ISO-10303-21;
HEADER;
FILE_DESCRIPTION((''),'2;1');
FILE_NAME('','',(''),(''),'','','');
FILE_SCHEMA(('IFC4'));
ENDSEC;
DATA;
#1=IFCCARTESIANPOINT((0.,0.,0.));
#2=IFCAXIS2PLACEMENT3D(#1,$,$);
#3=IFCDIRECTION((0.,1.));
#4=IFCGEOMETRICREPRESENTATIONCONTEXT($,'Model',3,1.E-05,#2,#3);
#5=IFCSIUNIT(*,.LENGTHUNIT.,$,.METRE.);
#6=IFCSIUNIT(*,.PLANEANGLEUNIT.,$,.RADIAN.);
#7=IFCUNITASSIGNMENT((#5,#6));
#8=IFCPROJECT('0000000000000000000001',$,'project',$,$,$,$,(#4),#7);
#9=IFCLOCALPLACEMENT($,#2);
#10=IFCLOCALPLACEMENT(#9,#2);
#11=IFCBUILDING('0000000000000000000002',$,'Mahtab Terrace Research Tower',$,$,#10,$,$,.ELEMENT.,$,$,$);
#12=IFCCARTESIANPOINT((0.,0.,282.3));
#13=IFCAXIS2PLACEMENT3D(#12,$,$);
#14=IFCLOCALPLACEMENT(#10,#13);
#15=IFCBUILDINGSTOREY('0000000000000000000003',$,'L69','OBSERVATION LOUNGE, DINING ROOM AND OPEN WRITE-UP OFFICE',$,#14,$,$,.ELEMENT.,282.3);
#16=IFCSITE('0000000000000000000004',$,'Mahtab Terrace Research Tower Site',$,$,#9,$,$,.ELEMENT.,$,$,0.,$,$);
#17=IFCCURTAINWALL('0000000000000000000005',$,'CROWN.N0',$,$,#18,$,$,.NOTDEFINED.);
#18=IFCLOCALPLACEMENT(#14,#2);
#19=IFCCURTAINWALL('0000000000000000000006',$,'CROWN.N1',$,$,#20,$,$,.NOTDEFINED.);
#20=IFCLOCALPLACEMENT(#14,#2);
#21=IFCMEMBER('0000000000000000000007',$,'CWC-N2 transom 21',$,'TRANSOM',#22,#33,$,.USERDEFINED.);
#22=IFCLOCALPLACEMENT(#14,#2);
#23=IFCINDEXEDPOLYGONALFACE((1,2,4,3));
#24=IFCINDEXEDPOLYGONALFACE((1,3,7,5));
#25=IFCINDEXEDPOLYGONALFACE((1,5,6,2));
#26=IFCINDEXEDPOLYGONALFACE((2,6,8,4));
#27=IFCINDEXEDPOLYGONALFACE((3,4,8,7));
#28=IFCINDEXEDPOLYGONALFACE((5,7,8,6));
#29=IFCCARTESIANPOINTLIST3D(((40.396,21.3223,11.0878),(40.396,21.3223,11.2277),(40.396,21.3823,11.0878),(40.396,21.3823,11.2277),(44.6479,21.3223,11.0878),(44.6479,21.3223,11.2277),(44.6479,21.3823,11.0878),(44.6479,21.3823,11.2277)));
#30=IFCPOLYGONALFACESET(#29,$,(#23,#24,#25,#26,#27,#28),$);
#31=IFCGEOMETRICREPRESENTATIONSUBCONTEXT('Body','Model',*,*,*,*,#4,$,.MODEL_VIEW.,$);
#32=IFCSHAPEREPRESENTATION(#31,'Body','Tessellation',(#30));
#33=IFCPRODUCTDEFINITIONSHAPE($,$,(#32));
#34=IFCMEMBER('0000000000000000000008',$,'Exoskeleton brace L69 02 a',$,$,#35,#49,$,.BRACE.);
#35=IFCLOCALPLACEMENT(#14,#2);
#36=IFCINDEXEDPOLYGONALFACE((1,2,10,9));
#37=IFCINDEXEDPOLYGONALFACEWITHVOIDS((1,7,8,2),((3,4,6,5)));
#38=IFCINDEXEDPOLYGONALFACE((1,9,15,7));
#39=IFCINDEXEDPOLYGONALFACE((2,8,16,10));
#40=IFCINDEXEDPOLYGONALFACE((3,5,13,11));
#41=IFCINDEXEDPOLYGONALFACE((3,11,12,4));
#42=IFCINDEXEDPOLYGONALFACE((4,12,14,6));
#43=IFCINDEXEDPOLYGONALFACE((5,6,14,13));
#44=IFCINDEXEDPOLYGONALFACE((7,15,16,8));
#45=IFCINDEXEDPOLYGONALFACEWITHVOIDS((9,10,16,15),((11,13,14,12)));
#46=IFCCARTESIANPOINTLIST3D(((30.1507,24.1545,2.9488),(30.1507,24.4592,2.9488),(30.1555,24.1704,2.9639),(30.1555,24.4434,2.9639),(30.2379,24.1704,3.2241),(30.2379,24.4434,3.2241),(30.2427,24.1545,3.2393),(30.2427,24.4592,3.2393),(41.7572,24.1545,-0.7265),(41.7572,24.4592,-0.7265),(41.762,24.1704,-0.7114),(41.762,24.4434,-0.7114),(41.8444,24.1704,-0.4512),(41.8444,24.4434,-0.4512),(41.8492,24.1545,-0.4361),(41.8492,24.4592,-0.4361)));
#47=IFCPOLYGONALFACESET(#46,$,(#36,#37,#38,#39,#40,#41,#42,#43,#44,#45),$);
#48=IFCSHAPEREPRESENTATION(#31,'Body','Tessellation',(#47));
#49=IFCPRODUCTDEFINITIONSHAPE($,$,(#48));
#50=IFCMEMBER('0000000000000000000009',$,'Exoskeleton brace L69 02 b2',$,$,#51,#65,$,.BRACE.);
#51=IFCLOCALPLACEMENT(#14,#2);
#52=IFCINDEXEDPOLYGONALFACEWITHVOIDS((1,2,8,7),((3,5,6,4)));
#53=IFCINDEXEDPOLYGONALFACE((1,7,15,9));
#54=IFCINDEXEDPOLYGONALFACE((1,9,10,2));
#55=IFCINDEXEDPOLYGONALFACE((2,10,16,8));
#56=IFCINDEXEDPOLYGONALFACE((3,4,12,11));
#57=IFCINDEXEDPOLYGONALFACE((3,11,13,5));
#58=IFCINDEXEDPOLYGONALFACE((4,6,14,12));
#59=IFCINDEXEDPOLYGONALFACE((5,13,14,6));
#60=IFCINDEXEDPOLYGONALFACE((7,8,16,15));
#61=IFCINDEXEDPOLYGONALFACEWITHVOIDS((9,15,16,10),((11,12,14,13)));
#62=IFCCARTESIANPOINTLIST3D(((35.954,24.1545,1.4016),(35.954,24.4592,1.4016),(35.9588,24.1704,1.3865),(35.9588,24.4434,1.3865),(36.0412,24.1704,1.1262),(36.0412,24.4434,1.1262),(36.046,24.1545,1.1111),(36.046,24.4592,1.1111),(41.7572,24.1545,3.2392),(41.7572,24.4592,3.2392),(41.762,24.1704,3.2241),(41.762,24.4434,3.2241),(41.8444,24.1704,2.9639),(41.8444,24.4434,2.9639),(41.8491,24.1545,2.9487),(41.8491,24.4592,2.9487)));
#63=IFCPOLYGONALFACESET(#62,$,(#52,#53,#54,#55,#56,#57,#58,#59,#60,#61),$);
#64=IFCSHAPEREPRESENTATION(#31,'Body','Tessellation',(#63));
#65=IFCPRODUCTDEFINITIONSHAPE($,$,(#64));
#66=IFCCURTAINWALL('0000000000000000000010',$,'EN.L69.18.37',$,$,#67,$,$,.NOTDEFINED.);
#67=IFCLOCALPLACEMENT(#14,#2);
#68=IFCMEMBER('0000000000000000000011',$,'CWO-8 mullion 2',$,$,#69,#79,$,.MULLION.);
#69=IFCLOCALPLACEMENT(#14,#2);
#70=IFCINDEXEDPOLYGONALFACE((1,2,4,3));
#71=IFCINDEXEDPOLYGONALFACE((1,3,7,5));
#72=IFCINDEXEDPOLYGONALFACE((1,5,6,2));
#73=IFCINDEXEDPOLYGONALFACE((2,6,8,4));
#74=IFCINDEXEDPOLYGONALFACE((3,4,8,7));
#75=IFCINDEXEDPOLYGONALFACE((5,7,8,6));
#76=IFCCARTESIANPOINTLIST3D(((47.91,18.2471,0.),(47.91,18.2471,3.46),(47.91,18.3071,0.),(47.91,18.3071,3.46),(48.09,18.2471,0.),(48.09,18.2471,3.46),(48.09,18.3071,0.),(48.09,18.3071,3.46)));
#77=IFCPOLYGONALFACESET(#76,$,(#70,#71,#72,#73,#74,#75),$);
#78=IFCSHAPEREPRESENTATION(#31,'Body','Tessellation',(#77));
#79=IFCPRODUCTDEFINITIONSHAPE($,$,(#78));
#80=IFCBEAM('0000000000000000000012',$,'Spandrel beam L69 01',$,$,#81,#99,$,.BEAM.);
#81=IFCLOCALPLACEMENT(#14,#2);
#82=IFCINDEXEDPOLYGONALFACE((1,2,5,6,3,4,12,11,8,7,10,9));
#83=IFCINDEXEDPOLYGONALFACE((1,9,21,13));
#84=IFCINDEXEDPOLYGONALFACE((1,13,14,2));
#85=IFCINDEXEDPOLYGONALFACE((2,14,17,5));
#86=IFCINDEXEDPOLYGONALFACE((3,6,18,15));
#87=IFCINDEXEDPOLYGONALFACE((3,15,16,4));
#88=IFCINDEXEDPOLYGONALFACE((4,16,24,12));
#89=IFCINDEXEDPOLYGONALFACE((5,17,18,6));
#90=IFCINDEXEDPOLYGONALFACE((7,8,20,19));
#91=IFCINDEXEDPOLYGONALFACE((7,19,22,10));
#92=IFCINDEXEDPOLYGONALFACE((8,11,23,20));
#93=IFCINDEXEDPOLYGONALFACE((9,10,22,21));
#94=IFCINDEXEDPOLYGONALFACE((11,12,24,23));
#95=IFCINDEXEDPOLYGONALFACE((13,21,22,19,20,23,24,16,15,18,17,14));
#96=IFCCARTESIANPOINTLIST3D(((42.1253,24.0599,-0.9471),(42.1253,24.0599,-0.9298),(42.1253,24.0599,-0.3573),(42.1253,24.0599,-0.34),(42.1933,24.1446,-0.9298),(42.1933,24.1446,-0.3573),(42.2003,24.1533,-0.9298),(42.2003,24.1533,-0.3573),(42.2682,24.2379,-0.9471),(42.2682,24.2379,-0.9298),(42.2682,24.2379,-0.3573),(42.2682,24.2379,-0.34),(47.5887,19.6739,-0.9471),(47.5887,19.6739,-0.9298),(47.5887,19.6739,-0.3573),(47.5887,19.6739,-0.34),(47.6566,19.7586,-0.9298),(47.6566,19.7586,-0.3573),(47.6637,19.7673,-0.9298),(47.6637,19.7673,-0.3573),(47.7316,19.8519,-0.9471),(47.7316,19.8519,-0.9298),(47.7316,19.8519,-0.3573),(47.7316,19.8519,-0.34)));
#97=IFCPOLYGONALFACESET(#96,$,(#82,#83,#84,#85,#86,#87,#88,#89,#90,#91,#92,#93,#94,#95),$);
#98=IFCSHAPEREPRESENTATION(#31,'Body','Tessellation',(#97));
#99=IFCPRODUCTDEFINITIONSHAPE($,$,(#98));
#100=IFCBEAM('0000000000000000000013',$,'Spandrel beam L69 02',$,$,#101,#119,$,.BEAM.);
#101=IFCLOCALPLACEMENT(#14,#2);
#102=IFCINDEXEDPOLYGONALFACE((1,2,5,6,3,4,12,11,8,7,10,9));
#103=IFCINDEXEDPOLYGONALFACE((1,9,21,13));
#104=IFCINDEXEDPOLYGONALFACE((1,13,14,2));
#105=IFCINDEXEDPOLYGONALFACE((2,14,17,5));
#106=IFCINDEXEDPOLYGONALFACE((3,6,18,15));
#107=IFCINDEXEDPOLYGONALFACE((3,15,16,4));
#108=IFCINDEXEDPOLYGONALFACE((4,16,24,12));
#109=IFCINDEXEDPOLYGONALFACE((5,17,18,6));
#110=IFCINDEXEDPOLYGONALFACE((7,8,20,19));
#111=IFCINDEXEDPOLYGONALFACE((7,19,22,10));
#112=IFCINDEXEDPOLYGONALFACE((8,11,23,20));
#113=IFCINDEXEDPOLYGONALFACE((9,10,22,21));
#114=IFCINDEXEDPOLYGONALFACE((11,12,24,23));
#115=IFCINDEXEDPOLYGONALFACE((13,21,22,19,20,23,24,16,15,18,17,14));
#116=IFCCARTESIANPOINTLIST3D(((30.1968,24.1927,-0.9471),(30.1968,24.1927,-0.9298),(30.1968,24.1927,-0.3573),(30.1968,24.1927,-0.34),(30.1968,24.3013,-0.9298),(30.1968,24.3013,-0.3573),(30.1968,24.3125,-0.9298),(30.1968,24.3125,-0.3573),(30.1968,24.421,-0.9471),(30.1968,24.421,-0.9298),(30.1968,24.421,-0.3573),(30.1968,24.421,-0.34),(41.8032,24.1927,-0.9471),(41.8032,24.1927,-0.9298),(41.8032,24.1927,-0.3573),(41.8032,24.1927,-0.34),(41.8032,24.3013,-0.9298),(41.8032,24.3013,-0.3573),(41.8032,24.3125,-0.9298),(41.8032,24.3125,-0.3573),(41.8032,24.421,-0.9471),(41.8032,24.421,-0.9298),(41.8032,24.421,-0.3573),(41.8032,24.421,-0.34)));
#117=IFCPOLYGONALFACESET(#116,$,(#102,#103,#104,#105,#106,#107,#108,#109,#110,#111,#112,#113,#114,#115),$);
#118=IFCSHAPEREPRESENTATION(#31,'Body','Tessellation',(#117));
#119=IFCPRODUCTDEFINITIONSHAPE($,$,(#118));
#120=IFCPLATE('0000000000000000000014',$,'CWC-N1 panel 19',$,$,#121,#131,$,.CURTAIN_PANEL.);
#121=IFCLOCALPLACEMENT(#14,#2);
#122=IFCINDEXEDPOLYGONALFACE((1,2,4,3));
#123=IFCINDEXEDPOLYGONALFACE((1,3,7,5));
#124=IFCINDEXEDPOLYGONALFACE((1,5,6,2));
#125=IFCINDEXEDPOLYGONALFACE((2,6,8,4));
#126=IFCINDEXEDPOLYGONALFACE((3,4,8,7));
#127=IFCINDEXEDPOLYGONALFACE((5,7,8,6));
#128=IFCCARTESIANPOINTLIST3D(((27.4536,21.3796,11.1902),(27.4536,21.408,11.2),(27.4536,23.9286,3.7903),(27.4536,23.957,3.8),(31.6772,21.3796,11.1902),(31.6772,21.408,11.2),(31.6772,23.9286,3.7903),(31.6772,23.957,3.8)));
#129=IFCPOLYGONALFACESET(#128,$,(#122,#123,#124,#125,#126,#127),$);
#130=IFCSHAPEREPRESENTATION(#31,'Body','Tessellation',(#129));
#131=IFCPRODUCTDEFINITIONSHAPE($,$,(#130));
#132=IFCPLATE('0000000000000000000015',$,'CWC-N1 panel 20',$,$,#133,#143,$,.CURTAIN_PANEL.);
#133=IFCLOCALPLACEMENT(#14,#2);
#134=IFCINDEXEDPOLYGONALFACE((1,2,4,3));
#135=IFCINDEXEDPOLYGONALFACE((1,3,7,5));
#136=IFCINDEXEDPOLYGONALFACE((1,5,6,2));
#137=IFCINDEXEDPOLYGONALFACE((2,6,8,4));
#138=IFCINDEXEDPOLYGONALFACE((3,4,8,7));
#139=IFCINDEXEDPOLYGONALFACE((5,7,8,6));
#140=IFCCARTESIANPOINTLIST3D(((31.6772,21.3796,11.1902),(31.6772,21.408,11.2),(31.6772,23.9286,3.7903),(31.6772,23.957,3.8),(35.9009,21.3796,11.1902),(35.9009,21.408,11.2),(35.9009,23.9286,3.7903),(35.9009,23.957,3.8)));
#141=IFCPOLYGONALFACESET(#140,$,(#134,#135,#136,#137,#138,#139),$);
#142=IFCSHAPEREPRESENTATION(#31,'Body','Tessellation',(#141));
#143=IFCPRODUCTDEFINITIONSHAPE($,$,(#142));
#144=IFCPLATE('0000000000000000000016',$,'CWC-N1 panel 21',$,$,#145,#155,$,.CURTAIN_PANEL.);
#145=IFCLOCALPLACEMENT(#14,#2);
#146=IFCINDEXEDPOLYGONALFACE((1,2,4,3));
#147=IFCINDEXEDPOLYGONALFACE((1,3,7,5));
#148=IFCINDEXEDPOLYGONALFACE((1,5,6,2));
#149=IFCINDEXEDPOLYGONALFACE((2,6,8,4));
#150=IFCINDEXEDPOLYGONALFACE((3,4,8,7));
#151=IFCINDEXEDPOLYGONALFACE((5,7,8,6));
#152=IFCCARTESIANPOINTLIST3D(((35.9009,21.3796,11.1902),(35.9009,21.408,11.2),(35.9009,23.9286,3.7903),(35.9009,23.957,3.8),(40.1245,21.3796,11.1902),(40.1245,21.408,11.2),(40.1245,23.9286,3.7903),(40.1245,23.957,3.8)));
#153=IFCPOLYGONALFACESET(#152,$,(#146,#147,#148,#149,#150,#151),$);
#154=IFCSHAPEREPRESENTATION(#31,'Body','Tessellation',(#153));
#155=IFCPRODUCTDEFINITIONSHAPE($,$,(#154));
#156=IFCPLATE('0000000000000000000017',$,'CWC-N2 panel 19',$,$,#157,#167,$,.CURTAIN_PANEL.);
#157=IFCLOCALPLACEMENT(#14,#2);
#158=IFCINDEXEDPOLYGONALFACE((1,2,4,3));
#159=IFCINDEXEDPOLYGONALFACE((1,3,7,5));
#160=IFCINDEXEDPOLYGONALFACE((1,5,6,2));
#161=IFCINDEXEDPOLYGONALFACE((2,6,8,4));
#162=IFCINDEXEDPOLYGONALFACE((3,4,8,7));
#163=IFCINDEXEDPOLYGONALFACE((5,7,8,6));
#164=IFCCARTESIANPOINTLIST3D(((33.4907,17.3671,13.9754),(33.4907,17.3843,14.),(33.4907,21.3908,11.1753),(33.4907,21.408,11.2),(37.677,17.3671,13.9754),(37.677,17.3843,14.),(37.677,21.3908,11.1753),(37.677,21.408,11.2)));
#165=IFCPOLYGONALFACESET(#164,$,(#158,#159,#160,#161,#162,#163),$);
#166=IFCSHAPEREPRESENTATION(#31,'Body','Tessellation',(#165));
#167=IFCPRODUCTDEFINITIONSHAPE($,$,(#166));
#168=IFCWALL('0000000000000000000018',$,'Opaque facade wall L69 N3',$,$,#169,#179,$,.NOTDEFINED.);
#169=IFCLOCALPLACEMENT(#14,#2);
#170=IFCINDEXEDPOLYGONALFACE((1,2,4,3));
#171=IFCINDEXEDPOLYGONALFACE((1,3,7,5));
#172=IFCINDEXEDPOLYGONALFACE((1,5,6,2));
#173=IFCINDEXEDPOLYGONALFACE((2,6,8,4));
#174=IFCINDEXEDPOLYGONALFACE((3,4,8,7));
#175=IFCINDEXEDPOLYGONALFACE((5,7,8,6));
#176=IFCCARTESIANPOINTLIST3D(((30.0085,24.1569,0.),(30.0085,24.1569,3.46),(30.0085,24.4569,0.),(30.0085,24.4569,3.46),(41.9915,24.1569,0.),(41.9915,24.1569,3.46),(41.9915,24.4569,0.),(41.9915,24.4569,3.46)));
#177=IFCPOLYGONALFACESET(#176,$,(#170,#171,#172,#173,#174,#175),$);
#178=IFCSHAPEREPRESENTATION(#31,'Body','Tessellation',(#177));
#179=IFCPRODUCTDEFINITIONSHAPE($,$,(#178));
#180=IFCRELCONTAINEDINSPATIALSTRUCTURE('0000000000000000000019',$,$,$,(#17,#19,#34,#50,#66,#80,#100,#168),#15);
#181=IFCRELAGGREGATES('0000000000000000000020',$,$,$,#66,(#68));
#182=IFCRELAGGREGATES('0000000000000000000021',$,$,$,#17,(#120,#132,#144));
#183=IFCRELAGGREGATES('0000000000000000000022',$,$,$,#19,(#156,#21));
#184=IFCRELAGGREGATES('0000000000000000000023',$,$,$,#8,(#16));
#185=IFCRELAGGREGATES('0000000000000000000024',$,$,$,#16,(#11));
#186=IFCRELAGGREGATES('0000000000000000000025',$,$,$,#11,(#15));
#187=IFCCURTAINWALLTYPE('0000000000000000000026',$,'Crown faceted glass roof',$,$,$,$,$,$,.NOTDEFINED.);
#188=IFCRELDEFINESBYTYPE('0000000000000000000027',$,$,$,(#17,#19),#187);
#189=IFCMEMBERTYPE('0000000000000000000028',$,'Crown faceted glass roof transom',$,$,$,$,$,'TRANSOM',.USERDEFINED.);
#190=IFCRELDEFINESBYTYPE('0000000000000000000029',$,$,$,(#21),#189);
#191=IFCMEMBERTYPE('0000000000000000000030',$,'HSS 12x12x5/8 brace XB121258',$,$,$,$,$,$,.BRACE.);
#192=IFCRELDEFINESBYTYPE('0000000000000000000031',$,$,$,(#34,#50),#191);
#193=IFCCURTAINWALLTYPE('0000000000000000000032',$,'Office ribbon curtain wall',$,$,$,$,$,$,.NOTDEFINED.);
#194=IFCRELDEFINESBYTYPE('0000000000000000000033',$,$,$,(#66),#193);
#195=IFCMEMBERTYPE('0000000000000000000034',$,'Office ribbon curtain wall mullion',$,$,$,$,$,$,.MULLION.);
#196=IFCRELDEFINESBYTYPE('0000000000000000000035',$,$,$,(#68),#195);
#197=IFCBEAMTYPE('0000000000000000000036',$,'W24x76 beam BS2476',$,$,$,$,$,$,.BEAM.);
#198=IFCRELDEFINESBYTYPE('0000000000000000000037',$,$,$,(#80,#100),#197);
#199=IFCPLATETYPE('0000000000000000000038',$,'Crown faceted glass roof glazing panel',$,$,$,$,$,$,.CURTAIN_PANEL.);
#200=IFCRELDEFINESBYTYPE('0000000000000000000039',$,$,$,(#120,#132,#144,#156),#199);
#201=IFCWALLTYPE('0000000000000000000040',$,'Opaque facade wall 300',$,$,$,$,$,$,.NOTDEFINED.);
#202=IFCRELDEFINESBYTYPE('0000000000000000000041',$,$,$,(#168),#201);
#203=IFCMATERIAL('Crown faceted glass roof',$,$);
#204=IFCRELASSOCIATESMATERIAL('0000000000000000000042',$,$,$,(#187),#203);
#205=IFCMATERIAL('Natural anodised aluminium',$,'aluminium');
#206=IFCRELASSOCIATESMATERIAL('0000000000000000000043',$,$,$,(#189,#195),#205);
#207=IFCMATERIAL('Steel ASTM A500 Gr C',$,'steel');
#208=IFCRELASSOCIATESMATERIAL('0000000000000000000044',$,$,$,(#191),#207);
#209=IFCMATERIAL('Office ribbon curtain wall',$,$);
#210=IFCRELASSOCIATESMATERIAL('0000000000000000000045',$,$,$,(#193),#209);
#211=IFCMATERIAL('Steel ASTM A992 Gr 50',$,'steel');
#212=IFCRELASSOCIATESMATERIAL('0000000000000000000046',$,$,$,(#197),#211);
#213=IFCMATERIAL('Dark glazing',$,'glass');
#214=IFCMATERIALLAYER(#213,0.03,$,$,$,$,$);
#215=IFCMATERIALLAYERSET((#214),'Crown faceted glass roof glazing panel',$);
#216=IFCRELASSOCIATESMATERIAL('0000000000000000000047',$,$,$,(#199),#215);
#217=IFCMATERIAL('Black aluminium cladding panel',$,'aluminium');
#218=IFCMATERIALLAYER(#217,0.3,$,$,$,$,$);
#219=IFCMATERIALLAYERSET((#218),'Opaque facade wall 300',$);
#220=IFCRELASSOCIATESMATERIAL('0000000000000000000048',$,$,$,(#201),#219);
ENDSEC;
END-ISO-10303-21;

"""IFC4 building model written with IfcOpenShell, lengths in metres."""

from ifc_helpers import new_model, si_unit, direction, frame, frame_2d, origin, origin_2d, place, context, subcontext, project, spatial, polyline, rectangle, hollow_rectangle, i_section, outline, extrude, material, layer, layer_set, material_profile, profile_set, type_object, element, aggregate, save


model = new_model("IFC4")

# Units and contexts
model_context = context("Model", 3, precision=1e-05, world=origin(), true_north=direction((0.0, 1.0)))
body_context = subcontext(model_context, "Body", "Model", "MODEL_VIEW")
ifc_project = project(units=[si_unit("LENGTHUNIT", "METRE"), si_unit("PLANEANGLEUNIT", "RADIAN")], contexts=[model_context])

# Site, building, storey
site_placement = place(None, origin())
site = spatial("IfcSite", under=ifc_project, at=site_placement, Name="Mahtab Terrace Research Tower Site", CompositionType="ELEMENT", RefElevation=0.0)
building_placement = place(site_placement, origin())
building = spatial("IfcBuilding", under=site, at=building_placement, Name="Mahtab Terrace Research Tower", CompositionType="ELEMENT")
storey_placement = place(building_placement, frame((0.0, 0.0, 282.3)))
storey = spatial("IfcBuildingStorey", under=building, at=storey_placement, Name="L69", Description="OBSERVATION LOUNGE, DINING ROOM AND OPEN WRITE-UP OFFICE", CompositionType="ELEMENT", Elevation=282.3)

# Shared definitions
ifc_material_1 = material(Name="Steel ASTM A992 Gr 50", Category="steel")

# Shared definitions
ifc_material_2 = material(Name="Crown faceted glass roof")
curtain_wall_type_1 = type_object("IfcCurtainWallType", Name="Crown faceted glass roof", PredefinedType="NOTDEFINED", material=ifc_material_2)
ifc_material_3 = material(Name="Natural anodised aluminium", Category="aluminium")

# Curtain walls
curtain_wall_1_placement = place(storey_placement, origin())
curtain_wall_1 = element("IfcCurtainWall", 1, at=curtain_wall_1_placement, inside=storey, type_object=curtain_wall_type_1, Name="CROWN.N0", PredefinedType="NOTDEFINED")
curtain_wall_2_placement = place(storey_placement, origin())
curtain_wall_2 = element("IfcCurtainWall", 2, at=curtain_wall_2_placement, inside=storey, type_object=curtain_wall_type_1, Name="CROWN.N1", PredefinedType="NOTDEFINED")

# Member
ifc_material_profile_1 = material_profile(ifc_material_3, rectangle(XDim=0.0601, YDim=0.1399, at=origin_2d()), Name="TRANSOM 60x140")
ifc_profile_set_1 = profile_set([ifc_material_profile_1], Name="Natural anodised aluminium")
member_type_1 = type_object("IfcMemberType", Name="Crown faceted glass roof transom", ElementType="TRANSOM", PredefinedType="USERDEFINED", material=ifc_profile_set_1)
member_1_placement = place(storey_placement, frame((40.396, 21.3523, 11.1577), z_axis=(1.0, 0.0, 0.0), x_axis=(0.0, 1.0, 0.0)))
member_1 = element("IfcMember", 3, at=member_1_placement, type_object=member_type_1, Name="CWC-N2 transom 21", ObjectType="TRANSOM", PredefinedType="USERDEFINED", context=body_context, shape_type="SweptSolid", body=[
    extrude(rectangle(XDim=0.0601, YDim=0.1399, at=origin_2d()), origin(), (0.0, 0.0, 1.0), 4.252),
])

# Members
ifc_material_4 = material(Name="Steel ASTM A500 Gr C", Category="steel")
ifc_material_profile_2 = material_profile(ifc_material_4, hollow_rectangle(XDim=0.3047, YDim=0.3047, WallThickness=0.0159, at=origin_2d()), Name="HSS12X12X5/8")
ifc_profile_set_2 = profile_set([ifc_material_profile_2], Name="Steel ASTM A500 Gr C")
member_type_2 = type_object("IfcMemberType", Name="HSS 12x12x5/8 brace XB121258", PredefinedType="BRACE", material=ifc_profile_set_2)
member_2_placement = place(storey_placement, frame((41.8032, 24.3069, -0.5813), z_axis=(-0.953344, 0.0, 0.301886), x_axis=(0.0, -1.0, 0.0)))
element("IfcMember", 4, at=member_2_placement, inside=storey, type_object=member_type_2, Name="Exoskeleton brace L69 02 a", PredefinedType="BRACE", context=body_context, shape_type="SweptSolid", body=[
    extrude(hollow_rectangle(XDim=0.3047, YDim=0.3047, WallThickness=0.0159, at=origin_2d()), origin(), (0.0, 0.0, 1.0), 12.1746),
])
member_3_placement = place(storey_placement, frame((36.0, 24.3069, 1.2563), z_axis=(0.953344, 0.0, 0.301886), x_axis=(0.0, 1.0, 0.0)))
element("IfcMember", 5, at=member_3_placement, inside=storey, type_object=member_type_2, Name="Exoskeleton brace L69 02 b2", PredefinedType="BRACE", context=body_context, shape_type="SweptSolid", body=[
    extrude(hollow_rectangle(XDim=0.3047, YDim=0.3047, WallThickness=0.0159, at=origin_2d()), origin(), (0.0, 0.0, 1.0), 6.0872),
])

# Curtain wall, member
ifc_material_5 = material(Name="Office ribbon curtain wall")
curtain_wall_type_2 = type_object("IfcCurtainWallType", Name="Office ribbon curtain wall", PredefinedType="NOTDEFINED", material=ifc_material_5)
curtain_wall_3_placement = place(storey_placement, origin())
curtain_wall_3 = element("IfcCurtainWall", 6, at=curtain_wall_3_placement, inside=storey, type_object=curtain_wall_type_2, Name="EN.L69.18.37", PredefinedType="NOTDEFINED")
ifc_material_profile_3 = material_profile(ifc_material_3, rectangle(XDim=0.1799, YDim=0.0601, at=origin_2d()), Name="MULLION 60x180")
ifc_profile_set_3 = profile_set([ifc_material_profile_3], Name="Natural anodised aluminium")
member_type_3 = type_object("IfcMemberType", Name="Office ribbon curtain wall mullion", PredefinedType="MULLION", material=ifc_profile_set_3)
member_4_placement = place(storey_placement, frame((48.0, 18.2771, 0.0), z_axis=(0.0, 0.0, 1.0), x_axis=(-1.0, 0.0, 0.0)))
member_4 = element("IfcMember", 7, at=member_4_placement, type_object=member_type_3, Name="CWO-8 mullion 2", PredefinedType="MULLION", context=body_context, shape_type="SweptSolid", body=[
    extrude(rectangle(XDim=0.1799, YDim=0.0601, at=origin_2d()), origin(), (0.0, 0.0, 1.0), 3.46),
])
aggregate(curtain_wall_3, [member_4])

# Beams
ifc_material_profile_4 = material_profile(ifc_material_1, i_section(OverallWidth=0.2283, OverallDepth=0.6072, WebThickness=0.0112, FlangeThickness=0.0173, at=origin_2d()), Name="W24X76")
ifc_profile_set_4 = profile_set([ifc_material_profile_4], Name="Steel ASTM A992 Gr 50")
beam_type = type_object("IfcBeamType", Name="W24x76 beam BS2476", PredefinedType="BEAM", material=ifc_profile_set_4)
beam_1_placement = place(storey_placement, frame((47.6602, 19.7629, -0.6436), z_axis=(-0.779804, 0.626024, 0.0), x_axis=(-0.626024, -0.779804, 0.0)))
element("IfcBeam", 8, at=beam_1_placement, inside=storey, type_object=beam_type, Name="Spandrel beam L69 01", PredefinedType="BEAM", context=body_context, shape_type="SweptSolid", body=[
    extrude(i_section(OverallWidth=0.2283, OverallDepth=0.6072, WebThickness=0.0112, FlangeThickness=0.0173, at=origin_2d()), origin(), (0.0, 0.0, 1.0), 7.0061),
])
beam_2_placement = place(storey_placement, frame((41.8032, 24.3069, -0.6436), z_axis=(-1.0, 0.0, 0.0), x_axis=(0.0, -1.0, 0.0)))
element("IfcBeam", 9, at=beam_2_placement, inside=storey, type_object=beam_type, Name="Spandrel beam L69 02", PredefinedType="BEAM", context=body_context, shape_type="SweptSolid", body=[
    extrude(i_section(OverallWidth=0.2283, OverallDepth=0.6072, WebThickness=0.0112, FlangeThickness=0.0173, at=origin_2d()), origin(), (0.0, 0.0, 1.0), 11.6064),
])

# Plates
ifc_material_6 = material(Name="Dark glazing", Category="glass")
ifc_layer_1 = layer(ifc_material_6, 0.03)
ifc_layer_set_1 = layer_set([ifc_layer_1], Name="Crown faceted glass roof glazing panel")
plate_type = type_object("IfcPlateType", Name="Crown faceted glass roof glazing panel", PredefinedType="CURTAIN_PANEL", material=ifc_layer_set_1)
plate_1_placement = place(storey_placement, frame((31.6772, 21.408, 11.2), z_axis=(0.0, 0.945476, 0.325692), x_axis=(0.0, 0.325692, -0.945476)))
plate_1 = element("IfcPlate", 10, at=plate_1_placement, type_object=plate_type, Name="CWC-N1 panel 19", PredefinedType="CURTAIN_PANEL", context=body_context, shape_type="SweptSolid", body=[
    extrude(outline(polyline([(0.0, 0.0), (7.8266, 0.0), (7.8266, 4.2236), (0.0, 4.2236), (0.0, 0.0)])), origin(), (0.0, 0.0, -1.0), 0.03),
])
plate_2_placement = place(storey_placement, frame((35.9009, 21.408, 11.2), z_axis=(0.0, 0.945476, 0.325692), x_axis=(0.0, 0.325692, -0.945476)))
plate_2 = element("IfcPlate", 11, at=plate_2_placement, type_object=plate_type, Name="CWC-N1 panel 20", PredefinedType="CURTAIN_PANEL", context=body_context, shape_type="SweptSolid", body=[
    extrude(outline(polyline([(0.0, 0.0), (7.8266, 0.0), (7.8266, 4.2236), (0.0, 4.2236), (0.0, 0.0)])), origin(), (0.0, 0.0, -1.0), 0.03),
])
plate_3_placement = place(storey_placement, frame((40.1245, 21.408, 11.2), z_axis=(0.0, 0.945476, 0.325692), x_axis=(0.0, 0.325692, -0.945476)))
plate_3 = element("IfcPlate", 12, at=plate_3_placement, type_object=plate_type, Name="CWC-N1 panel 21", PredefinedType="CURTAIN_PANEL", context=body_context, shape_type="SweptSolid", body=[
    extrude(outline(polyline([(0.0, 0.0), (7.8266, 0.0), (7.8266, 4.2236), (0.0, 4.2236), (0.0, 0.0)])), origin(), (0.0, 0.0, -1.0), 0.03),
])
aggregate(curtain_wall_1, [plate_1, plate_2, plate_3])
plate_4_placement = place(storey_placement, frame((37.677, 17.3843, 14.0), z_axis=(0.0, 0.571197, 0.820813), x_axis=(0.0, 0.820813, -0.571197)))
plate_4 = element("IfcPlate", 13, at=plate_4_placement, type_object=plate_type, Name="CWC-N2 panel 19", PredefinedType="CURTAIN_PANEL", context=body_context, shape_type="SweptSolid", body=[
    extrude(outline(polyline([(0.0, 0.0), (4.9021, 0.0), (4.9021, 4.1863), (0.0, 4.1863), (0.0, 0.0)])), origin(), (0.0, 0.0, -1.0), 0.03),
])
aggregate(curtain_wall_2, [plate_4, member_1])

# Wall
ifc_material_7 = material(Name="Black aluminium cladding panel", Category="aluminium")
ifc_layer_2 = layer(ifc_material_7, 0.3)
ifc_layer_set_2 = layer_set([ifc_layer_2], Name="Opaque facade wall 300")
wall_type = type_object("IfcWallType", Name="Opaque facade wall 300", PredefinedType="NOTDEFINED", material=ifc_layer_set_2)
wall_placement = place(storey_placement, frame((41.9915, 24.3069, 0.0), z_axis=(0.0, 0.0, 1.0), x_axis=(-1.0, 0.0, 0.0)))
element("IfcWall", 14, at=wall_placement, inside=storey, type_object=wall_type, Name="Opaque facade wall L69 N3", PredefinedType="NOTDEFINED", context=body_context, shape_type="SweptSolid", body=[
    extrude(rectangle(XDim=11.9829, YDim=0.3, at=frame_2d((5.9915, 0.0))), origin(), (0.0, 0.0, 1.0), 3.46),
])

save(model, "model.ifc")
